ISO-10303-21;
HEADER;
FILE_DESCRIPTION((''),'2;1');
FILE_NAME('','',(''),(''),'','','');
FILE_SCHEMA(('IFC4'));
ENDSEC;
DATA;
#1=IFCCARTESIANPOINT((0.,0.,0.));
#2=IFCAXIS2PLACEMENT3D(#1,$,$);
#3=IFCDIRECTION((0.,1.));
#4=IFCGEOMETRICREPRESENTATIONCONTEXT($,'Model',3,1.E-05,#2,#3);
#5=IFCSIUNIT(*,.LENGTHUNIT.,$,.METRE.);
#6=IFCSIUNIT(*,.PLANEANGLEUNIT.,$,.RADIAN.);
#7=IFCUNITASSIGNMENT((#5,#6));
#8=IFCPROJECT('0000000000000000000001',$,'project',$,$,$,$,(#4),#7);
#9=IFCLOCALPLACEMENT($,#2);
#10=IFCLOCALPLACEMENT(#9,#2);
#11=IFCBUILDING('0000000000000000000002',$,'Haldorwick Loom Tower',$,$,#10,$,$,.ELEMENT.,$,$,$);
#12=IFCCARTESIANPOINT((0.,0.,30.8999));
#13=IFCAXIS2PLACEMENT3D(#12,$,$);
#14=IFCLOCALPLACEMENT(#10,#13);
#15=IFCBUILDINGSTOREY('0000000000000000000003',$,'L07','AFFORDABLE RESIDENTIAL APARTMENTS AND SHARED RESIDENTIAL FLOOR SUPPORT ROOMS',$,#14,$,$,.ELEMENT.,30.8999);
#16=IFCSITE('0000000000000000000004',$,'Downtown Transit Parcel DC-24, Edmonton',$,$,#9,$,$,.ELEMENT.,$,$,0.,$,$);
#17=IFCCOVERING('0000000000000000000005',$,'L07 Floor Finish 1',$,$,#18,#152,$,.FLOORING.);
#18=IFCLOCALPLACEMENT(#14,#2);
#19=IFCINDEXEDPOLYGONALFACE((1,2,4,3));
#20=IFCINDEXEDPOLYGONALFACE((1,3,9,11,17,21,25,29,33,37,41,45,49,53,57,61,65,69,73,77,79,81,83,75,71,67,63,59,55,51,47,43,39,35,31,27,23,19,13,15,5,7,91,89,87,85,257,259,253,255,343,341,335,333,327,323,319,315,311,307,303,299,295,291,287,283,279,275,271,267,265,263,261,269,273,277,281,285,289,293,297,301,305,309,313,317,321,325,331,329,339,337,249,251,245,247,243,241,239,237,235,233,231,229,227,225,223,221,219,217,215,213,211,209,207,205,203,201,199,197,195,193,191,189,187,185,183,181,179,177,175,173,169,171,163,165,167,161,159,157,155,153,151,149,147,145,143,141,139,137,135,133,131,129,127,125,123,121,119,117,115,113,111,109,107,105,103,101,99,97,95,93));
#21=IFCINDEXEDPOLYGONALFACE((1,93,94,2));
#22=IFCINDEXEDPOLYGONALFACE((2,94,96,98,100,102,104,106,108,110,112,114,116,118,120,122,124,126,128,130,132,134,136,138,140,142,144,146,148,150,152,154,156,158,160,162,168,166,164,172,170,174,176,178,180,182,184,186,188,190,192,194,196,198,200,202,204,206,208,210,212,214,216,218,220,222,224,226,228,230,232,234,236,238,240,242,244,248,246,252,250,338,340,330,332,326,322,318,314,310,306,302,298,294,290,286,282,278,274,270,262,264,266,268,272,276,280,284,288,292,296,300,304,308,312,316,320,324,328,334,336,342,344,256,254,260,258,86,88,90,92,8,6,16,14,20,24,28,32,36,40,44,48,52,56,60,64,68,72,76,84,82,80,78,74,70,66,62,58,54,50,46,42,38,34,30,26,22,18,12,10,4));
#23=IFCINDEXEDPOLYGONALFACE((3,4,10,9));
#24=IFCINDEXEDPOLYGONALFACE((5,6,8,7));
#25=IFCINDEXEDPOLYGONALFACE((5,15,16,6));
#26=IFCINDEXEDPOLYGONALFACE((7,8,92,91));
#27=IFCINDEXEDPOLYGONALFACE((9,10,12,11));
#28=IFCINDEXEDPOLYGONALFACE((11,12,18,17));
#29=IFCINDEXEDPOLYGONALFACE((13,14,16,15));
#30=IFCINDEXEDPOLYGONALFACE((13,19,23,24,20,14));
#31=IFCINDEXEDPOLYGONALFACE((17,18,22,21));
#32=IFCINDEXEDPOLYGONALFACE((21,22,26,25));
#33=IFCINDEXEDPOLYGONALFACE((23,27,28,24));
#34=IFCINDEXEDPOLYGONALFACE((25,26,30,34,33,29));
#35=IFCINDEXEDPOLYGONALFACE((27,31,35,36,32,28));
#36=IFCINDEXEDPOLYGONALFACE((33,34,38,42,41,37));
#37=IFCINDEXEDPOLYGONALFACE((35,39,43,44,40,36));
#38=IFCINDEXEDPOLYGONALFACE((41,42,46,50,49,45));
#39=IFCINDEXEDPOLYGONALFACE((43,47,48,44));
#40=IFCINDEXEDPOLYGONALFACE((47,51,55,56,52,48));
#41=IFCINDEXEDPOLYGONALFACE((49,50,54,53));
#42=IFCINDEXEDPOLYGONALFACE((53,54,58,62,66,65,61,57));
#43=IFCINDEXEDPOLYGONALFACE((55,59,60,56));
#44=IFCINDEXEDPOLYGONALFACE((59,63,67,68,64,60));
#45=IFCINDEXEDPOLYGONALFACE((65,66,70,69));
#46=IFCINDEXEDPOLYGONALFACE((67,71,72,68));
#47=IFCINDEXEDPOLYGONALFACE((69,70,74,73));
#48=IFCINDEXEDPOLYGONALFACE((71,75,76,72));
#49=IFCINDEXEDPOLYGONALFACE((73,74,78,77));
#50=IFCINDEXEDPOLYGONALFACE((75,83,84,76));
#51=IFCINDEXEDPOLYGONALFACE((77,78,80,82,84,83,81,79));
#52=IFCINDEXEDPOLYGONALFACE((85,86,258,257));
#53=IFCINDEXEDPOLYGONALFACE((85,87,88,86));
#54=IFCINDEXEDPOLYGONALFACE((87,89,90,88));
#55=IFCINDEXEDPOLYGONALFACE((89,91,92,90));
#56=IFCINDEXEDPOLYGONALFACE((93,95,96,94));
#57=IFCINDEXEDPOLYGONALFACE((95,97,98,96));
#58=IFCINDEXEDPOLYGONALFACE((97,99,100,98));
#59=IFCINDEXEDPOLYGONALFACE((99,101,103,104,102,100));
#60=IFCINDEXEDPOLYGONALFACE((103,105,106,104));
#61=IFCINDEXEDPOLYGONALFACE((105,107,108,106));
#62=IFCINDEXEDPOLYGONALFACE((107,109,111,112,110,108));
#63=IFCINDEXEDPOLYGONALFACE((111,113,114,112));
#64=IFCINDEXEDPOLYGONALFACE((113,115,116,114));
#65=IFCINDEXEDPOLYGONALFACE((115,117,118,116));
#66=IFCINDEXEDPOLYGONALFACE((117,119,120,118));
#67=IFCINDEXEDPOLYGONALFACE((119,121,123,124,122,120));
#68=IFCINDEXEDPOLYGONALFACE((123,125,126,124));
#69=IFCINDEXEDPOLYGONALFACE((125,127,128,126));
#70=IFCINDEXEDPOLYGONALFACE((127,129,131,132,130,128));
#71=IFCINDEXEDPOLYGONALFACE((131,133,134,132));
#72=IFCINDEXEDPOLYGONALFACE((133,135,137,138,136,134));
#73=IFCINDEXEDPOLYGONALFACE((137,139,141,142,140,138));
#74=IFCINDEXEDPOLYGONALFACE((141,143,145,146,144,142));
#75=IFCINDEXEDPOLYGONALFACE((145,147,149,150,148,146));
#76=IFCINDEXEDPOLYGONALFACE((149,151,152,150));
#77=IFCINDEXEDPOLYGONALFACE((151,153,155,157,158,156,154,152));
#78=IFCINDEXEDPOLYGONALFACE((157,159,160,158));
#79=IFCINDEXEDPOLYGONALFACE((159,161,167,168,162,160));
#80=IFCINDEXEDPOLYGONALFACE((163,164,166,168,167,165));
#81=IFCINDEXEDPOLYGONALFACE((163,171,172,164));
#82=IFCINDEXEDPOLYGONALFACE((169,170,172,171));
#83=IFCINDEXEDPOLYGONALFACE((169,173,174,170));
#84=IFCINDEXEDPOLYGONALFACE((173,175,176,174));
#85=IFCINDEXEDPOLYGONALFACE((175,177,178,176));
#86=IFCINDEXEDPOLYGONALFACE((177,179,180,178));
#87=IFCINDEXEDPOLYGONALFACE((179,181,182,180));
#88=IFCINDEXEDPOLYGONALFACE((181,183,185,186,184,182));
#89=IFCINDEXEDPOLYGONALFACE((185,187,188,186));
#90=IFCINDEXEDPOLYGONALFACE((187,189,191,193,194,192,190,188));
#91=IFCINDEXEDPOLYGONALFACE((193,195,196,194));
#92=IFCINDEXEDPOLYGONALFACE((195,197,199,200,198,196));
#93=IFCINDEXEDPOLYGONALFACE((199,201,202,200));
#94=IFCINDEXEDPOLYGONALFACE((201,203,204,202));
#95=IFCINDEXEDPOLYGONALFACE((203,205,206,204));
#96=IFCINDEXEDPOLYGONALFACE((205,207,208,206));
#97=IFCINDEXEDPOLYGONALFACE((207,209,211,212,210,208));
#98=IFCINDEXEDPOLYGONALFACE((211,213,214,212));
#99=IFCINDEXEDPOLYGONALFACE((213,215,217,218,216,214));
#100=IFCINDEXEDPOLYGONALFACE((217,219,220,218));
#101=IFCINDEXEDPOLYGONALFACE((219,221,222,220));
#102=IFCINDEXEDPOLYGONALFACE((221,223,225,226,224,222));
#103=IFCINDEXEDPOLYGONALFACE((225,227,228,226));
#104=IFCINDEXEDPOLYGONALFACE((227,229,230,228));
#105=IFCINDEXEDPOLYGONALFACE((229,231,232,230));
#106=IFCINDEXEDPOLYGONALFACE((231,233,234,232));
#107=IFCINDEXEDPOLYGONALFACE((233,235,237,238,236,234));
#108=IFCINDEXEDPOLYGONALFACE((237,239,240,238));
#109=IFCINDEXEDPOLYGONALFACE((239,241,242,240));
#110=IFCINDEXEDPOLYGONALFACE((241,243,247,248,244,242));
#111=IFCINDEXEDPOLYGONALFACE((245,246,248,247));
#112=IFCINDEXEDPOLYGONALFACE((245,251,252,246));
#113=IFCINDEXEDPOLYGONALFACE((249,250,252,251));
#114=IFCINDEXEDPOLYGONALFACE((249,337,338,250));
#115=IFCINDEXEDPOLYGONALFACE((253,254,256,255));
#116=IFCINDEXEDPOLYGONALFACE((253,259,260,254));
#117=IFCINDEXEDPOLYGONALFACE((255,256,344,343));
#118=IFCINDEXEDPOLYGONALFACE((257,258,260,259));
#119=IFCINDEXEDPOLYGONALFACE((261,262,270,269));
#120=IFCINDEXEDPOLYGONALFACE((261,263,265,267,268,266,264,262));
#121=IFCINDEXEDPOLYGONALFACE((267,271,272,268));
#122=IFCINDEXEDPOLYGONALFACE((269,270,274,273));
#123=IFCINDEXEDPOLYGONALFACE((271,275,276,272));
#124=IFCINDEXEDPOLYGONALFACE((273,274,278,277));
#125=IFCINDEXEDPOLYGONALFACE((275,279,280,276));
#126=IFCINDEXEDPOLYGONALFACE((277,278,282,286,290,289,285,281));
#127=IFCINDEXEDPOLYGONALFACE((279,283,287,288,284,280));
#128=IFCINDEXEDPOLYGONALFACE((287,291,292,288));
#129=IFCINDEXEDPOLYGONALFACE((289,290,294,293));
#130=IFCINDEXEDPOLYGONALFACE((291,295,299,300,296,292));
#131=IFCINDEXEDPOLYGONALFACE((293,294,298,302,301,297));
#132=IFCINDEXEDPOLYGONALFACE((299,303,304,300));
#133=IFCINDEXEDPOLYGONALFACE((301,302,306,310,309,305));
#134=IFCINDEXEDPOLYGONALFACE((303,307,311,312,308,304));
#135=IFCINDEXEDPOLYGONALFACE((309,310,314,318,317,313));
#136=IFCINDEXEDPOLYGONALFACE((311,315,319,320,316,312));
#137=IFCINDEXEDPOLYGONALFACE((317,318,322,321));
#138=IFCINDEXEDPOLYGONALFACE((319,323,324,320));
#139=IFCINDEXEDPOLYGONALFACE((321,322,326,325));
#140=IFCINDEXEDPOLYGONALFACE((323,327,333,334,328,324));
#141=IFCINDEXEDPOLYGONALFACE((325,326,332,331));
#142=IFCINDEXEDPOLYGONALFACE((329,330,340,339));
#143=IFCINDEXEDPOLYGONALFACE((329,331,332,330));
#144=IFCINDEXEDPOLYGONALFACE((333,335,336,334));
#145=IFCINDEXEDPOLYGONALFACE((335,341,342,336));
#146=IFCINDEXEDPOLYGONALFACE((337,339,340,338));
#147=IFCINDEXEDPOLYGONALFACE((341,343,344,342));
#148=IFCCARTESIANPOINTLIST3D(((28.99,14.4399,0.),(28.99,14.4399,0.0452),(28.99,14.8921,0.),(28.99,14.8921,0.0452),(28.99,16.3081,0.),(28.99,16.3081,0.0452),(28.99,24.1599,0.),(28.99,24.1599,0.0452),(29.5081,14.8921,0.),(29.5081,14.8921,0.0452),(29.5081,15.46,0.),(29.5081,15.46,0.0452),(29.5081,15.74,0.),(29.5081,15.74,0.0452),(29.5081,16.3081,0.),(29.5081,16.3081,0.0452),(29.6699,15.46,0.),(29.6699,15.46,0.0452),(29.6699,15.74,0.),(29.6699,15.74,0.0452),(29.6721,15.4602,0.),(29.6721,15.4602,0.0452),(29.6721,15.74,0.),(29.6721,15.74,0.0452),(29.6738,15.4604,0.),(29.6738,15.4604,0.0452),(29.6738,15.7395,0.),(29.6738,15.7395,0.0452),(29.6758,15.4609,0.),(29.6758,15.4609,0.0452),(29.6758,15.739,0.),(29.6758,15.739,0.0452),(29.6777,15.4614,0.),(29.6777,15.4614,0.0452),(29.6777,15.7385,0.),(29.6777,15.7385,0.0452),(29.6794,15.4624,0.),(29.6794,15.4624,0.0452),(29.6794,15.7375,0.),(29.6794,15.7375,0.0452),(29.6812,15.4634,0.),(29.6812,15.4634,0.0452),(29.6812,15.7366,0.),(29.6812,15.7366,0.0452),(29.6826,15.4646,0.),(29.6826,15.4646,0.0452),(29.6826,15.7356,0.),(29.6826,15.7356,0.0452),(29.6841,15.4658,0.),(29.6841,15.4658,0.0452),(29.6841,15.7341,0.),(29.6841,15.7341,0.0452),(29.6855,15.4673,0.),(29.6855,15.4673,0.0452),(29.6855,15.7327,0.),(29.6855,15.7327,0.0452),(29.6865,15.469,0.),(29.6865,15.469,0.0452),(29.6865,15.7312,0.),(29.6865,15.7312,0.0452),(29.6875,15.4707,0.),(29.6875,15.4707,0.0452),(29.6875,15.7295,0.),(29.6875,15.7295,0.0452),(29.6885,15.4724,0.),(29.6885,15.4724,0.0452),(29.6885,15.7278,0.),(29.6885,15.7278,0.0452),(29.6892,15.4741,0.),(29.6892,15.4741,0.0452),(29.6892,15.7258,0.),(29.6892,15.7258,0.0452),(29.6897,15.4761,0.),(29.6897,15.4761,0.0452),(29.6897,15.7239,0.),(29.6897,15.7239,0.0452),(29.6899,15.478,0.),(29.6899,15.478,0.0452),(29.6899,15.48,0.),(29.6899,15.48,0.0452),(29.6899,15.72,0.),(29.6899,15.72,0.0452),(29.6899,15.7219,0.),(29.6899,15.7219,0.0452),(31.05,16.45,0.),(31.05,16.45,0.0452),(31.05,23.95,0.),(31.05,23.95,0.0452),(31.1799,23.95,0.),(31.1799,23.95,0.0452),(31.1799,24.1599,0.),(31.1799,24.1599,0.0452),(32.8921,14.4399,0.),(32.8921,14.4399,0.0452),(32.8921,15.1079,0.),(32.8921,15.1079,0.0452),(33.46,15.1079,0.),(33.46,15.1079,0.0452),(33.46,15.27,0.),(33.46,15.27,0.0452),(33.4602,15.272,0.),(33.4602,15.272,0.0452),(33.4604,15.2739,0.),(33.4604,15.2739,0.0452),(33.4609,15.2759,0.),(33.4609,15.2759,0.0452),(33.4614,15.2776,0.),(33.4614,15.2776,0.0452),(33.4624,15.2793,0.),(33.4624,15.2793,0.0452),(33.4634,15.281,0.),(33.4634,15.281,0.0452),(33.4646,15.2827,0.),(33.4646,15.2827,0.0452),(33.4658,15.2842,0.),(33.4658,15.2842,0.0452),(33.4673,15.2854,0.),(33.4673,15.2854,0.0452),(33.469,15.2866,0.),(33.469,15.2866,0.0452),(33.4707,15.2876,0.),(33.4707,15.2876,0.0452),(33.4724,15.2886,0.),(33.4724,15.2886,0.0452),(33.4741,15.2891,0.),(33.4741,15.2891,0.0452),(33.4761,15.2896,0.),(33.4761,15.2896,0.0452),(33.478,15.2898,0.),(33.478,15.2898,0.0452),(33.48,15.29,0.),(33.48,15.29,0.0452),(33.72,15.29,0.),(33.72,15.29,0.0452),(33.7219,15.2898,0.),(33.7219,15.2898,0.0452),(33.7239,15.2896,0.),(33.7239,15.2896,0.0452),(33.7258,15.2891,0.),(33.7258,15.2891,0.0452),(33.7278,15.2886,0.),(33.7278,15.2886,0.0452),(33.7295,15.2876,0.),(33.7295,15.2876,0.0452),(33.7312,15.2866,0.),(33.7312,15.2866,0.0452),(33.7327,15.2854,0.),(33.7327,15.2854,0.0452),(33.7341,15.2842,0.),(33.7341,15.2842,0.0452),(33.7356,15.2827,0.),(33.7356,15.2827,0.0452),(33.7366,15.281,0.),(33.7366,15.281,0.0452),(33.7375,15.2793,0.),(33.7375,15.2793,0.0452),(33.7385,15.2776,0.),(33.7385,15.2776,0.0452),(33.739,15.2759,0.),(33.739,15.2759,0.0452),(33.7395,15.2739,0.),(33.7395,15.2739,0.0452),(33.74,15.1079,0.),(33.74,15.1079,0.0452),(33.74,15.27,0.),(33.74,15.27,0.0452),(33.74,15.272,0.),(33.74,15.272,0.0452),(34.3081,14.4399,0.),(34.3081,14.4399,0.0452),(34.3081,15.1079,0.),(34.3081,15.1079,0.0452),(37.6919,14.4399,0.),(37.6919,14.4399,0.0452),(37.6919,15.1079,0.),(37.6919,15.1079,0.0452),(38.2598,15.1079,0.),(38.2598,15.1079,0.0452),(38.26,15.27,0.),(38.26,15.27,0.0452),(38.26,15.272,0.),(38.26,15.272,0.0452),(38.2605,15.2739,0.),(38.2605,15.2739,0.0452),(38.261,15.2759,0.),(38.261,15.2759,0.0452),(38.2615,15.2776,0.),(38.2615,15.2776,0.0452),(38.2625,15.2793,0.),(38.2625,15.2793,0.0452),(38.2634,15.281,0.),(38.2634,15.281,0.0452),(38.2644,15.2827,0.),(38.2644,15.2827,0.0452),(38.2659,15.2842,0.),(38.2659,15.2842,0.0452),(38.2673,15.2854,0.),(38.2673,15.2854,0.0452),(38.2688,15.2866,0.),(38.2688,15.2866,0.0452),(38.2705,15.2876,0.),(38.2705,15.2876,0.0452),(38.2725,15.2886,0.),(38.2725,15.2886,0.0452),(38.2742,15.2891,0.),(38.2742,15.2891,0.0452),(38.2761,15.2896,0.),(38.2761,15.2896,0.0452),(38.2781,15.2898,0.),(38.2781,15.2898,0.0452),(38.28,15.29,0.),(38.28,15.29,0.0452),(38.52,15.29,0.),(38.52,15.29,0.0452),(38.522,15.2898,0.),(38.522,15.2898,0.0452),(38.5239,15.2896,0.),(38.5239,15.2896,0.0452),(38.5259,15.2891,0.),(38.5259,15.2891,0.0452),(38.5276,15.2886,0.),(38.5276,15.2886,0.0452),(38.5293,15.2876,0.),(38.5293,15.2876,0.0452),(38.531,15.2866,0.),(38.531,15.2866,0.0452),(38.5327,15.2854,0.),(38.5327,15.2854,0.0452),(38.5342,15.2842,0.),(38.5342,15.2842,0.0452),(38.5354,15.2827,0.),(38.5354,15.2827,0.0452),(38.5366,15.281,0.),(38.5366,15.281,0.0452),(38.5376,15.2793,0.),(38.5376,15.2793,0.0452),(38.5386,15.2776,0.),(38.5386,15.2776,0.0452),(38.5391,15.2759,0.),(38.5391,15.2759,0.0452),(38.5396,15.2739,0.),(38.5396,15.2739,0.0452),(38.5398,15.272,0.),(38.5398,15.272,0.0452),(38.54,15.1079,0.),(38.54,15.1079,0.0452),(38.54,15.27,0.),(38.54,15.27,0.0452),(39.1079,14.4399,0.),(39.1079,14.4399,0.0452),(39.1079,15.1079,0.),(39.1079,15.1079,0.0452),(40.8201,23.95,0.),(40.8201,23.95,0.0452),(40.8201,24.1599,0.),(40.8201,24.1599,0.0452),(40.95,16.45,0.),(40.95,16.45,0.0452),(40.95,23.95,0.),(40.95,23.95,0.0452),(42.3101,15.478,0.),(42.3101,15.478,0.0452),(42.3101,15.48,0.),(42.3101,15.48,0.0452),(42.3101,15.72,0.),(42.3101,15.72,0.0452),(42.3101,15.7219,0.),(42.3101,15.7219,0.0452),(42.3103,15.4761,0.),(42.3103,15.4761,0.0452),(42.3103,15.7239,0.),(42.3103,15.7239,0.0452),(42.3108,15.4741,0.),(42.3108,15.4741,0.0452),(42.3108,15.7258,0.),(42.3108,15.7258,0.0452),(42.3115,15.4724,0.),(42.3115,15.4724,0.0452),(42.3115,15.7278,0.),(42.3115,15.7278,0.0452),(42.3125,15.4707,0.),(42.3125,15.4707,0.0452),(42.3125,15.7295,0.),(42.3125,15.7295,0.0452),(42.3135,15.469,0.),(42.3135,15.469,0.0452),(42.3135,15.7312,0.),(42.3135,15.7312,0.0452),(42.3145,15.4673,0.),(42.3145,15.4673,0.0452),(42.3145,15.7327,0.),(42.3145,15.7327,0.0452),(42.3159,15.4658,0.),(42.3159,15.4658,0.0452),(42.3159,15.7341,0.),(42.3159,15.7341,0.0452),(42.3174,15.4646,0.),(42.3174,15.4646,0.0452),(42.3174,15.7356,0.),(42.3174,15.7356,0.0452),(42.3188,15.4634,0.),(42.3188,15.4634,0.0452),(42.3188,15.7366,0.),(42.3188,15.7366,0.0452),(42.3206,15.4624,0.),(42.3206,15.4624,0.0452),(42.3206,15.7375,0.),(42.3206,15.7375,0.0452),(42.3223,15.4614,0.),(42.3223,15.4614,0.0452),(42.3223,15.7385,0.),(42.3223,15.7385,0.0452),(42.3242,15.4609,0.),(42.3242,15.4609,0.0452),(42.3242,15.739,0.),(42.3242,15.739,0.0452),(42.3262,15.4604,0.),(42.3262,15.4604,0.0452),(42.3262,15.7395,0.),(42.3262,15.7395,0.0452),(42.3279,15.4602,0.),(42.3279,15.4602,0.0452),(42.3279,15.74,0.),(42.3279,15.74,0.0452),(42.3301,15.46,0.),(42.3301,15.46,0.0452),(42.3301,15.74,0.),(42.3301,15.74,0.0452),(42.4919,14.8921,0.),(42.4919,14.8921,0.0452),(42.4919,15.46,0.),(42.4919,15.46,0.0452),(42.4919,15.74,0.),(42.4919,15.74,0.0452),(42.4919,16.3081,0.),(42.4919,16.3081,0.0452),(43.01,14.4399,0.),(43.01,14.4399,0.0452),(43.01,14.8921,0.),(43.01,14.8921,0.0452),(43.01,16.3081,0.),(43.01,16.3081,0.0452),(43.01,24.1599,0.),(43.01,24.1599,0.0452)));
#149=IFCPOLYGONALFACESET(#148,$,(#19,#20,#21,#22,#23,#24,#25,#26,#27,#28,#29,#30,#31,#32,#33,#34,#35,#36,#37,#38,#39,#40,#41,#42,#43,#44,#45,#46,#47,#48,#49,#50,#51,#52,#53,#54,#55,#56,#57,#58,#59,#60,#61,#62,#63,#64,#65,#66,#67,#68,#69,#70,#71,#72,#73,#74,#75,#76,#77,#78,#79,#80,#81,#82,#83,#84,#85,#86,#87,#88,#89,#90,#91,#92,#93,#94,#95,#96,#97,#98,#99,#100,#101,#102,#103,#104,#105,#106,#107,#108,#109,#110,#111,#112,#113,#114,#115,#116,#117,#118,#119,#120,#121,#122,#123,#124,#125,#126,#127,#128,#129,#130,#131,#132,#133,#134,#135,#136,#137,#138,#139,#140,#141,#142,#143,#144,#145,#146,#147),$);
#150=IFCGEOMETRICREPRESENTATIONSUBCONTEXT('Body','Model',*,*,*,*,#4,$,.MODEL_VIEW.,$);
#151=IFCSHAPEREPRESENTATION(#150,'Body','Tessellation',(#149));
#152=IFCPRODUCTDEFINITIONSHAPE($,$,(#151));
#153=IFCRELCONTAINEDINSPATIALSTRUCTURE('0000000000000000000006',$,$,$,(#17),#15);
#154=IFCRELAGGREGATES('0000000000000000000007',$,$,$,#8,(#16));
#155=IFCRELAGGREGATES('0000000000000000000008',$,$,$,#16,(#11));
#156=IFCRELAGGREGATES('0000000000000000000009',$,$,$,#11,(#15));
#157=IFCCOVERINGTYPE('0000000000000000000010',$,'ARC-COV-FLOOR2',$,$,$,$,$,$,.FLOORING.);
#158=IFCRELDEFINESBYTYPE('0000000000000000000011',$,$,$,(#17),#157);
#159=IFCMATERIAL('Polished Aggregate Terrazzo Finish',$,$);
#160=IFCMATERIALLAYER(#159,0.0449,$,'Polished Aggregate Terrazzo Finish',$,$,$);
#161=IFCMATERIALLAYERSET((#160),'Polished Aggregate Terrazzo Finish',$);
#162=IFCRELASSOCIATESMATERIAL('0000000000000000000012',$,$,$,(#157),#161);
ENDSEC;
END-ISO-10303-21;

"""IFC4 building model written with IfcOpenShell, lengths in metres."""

from ifc_helpers import new_model, si_unit, direction, frame, origin, place, context, subcontext, project, spatial, polyline, outline, extrude, material, layer, layer_set, type_object, element, save


model = new_model("IFC4")

# Units and contexts
model_context = context("Model", 3, precision=1e-05, world=origin(), true_north=direction((0.0, 1.0)))
body_context = subcontext(model_context, "Body", "Model", "MODEL_VIEW")
ifc_project = project(units=[si_unit("LENGTHUNIT", "METRE"), si_unit("PLANEANGLEUNIT", "RADIAN")], contexts=[model_context])

# Site, building, storey
site_placement = place(None, origin())
site = spatial("IfcSite", under=ifc_project, at=site_placement, Name="Downtown Transit Parcel DC-24, Edmonton", CompositionType="ELEMENT", RefElevation=0.0)
building_placement = place(site_placement, origin())
building = spatial("IfcBuilding", under=site, at=building_placement, Name="Haldorwick Loom Tower", CompositionType="ELEMENT")
storey_placement = place(building_placement, frame((0.0, 0.0, 30.8999)))
storey = spatial("IfcBuildingStorey", under=building, at=storey_placement, Name="L07", Description="AFFORDABLE RESIDENTIAL APARTMENTS AND SHARED RESIDENTIAL FLOOR SUPPORT ROOMS", CompositionType="ELEMENT", Elevation=30.8999)

# Covering
ifc_material_1 = material(Name="Polished Aggregate Terrazzo Finish")
ifc_layer_1 = layer(ifc_material_1, 0.0449, Name="Polished Aggregate Terrazzo Finish")
ifc_layer_set_1 = layer_set([ifc_layer_1], Name="Polished Aggregate Terrazzo Finish")
covering_type_1 = type_object("IfcCoveringType", Name="ARC-COV-FLOOR2", PredefinedType="FLOORING", material=ifc_layer_set_1)
covering_1_placement = place(storey_placement, origin())
element("IfcCovering", 1, at=covering_1_placement, inside=storey, type_object=covering_type_1, Name="L07 Floor Finish 1", PredefinedType="FLOORING", context=body_context, shape_type="SweptSolid", body=[
    extrude(outline(polyline([(40.8201, 24.1599), (40.8201, 23.95), (40.95, 23.95), (40.95, 16.45), (31.05, 16.45), (31.05, 23.95), (31.1799, 23.95), (31.1799, 24.1599), (28.99, 24.1599), (28.99, 16.3081), (29.5081, 16.3081), (29.5081, 15.74), (29.6699, 15.74), (29.6721, 15.74), (29.6738, 15.7395), (29.6758, 15.739), (29.6777, 15.7385), (29.6794, 15.7375), (29.6812, 15.7366), (29.6826, 15.7356), (29.6841, 15.7341), (29.6855, 15.7327), (29.6865, 15.7312), (29.6875, 15.7295), (29.6885, 15.7278), (29.6892, 15.7258), (29.6897, 15.7239), (29.6899, 15.7219), (29.6899, 15.72), (29.6899, 15.48), (29.6899, 15.478), (29.6897, 15.4761), (29.6892, 15.4741), (29.6885, 15.4724), (29.6875, 15.4707), (29.6865, 15.469), (29.6855, 15.4673), (29.6841, 15.4658), (29.6826, 15.4646), (29.6812, 15.4634), (29.6794, 15.4624), (29.6777, 15.4614), (29.6758, 15.4609), (29.6738, 15.4604), (29.6721, 15.4602), (29.6699, 15.46), (29.5081, 15.46), (29.5081, 14.8921), (28.99, 14.8921), (28.99, 14.4399), (32.8921, 14.4399), (32.8921, 15.1079), (33.46, 15.1079), (33.46, 15.27), (33.4602, 15.272), (33.4604, 15.2739), (33.4609, 15.2759), (33.4614, 15.2776), (33.4624, 15.2793), (33.4634, 15.281), (33.4646, 15.2827), (33.4658, 15.2842), (33.4673, 15.2854), (33.469, 15.2866), (33.4707, 15.2876), (33.4724, 15.2886), (33.4741, 15.2891), (33.4761, 15.2896), (33.478, 15.2898), (33.48, 15.29), (33.72, 15.29), (33.7219, 15.2898), (33.7239, 15.2896), (33.7258, 15.2891), (33.7278, 15.2886), (33.7295, 15.2876), (33.7312, 15.2866), (33.7327, 15.2854), (33.7341, 15.2842), (33.7356, 15.2827), (33.7366, 15.281), (33.7375, 15.2793), (33.7385, 15.2776), (33.739, 15.2759), (33.7395, 15.2739), (33.74, 15.272), (33.74, 15.27), (33.74, 15.1079), (34.3081, 15.1079), (34.3081, 14.4399), (37.6919, 14.4399), (37.6919, 15.1079), (38.2598, 15.1079), (38.26, 15.27), (38.26, 15.272), (38.2605, 15.2739), (38.261, 15.2759), (38.2615, 15.2776), (38.2625, 15.2793), (38.2634, 15.281), (38.2644, 15.2827), (38.2659, 15.2842), (38.2673, 15.2854), (38.2688, 15.2866), (38.2705, 15.2876), (38.2725, 15.2886), (38.2742, 15.2891), (38.2761, 15.2896), (38.2781, 15.2898), (38.28, 15.29), (38.52, 15.29), (38.522, 15.2898), (38.5239, 15.2896), (38.5259, 15.2891), (38.5276, 15.2886), (38.5293, 15.2876), (38.531, 15.2866), (38.5327, 15.2854), (38.5342, 15.2842), (38.5354, 15.2827), (38.5366, 15.281), (38.5376, 15.2793), (38.5386, 15.2776), (38.5391, 15.2759), (38.5396, 15.2739), (38.5398, 15.272), (38.54, 15.27), (38.54, 15.1079), (39.1079, 15.1079), (39.1079, 14.4399), (43.01, 14.4399), (43.01, 14.8921), (42.4919, 14.8921), (42.4919, 15.46), (42.3301, 15.46), (42.3279, 15.4602), (42.3262, 15.4604), (42.3242, 15.4609), (42.3223, 15.4614), (42.3206, 15.4624), (42.3188, 15.4634), (42.3174, 15.4646), (42.3159, 15.4658), (42.3145, 15.4673), (42.3135, 15.469), (42.3125, 15.4707), (42.3115, 15.4724), (42.3108, 15.4741), (42.3103, 15.4761), (42.3101, 15.478), (42.3101, 15.48), (42.3101, 15.72), (42.3101, 15.7219), (42.3103, 15.7239), (42.3108, 15.7258), (42.3115, 15.7278), (42.3125, 15.7295), (42.3135, 15.7312), (42.3145, 15.7327), (42.3159, 15.7341), (42.3174, 15.7356), (42.3188, 15.7366), (42.3206, 15.7375), (42.3223, 15.7385), (42.3242, 15.739), (42.3262, 15.7395), (42.3279, 15.74), (42.3301, 15.74), (42.4919, 15.74), (42.4919, 16.3081), (43.01, 16.3081), (43.01, 24.1599), (40.8201, 24.1599)])), origin(), (0.0, 0.0, 1.0), 0.0452),
])

save(model, "model.ifc")
